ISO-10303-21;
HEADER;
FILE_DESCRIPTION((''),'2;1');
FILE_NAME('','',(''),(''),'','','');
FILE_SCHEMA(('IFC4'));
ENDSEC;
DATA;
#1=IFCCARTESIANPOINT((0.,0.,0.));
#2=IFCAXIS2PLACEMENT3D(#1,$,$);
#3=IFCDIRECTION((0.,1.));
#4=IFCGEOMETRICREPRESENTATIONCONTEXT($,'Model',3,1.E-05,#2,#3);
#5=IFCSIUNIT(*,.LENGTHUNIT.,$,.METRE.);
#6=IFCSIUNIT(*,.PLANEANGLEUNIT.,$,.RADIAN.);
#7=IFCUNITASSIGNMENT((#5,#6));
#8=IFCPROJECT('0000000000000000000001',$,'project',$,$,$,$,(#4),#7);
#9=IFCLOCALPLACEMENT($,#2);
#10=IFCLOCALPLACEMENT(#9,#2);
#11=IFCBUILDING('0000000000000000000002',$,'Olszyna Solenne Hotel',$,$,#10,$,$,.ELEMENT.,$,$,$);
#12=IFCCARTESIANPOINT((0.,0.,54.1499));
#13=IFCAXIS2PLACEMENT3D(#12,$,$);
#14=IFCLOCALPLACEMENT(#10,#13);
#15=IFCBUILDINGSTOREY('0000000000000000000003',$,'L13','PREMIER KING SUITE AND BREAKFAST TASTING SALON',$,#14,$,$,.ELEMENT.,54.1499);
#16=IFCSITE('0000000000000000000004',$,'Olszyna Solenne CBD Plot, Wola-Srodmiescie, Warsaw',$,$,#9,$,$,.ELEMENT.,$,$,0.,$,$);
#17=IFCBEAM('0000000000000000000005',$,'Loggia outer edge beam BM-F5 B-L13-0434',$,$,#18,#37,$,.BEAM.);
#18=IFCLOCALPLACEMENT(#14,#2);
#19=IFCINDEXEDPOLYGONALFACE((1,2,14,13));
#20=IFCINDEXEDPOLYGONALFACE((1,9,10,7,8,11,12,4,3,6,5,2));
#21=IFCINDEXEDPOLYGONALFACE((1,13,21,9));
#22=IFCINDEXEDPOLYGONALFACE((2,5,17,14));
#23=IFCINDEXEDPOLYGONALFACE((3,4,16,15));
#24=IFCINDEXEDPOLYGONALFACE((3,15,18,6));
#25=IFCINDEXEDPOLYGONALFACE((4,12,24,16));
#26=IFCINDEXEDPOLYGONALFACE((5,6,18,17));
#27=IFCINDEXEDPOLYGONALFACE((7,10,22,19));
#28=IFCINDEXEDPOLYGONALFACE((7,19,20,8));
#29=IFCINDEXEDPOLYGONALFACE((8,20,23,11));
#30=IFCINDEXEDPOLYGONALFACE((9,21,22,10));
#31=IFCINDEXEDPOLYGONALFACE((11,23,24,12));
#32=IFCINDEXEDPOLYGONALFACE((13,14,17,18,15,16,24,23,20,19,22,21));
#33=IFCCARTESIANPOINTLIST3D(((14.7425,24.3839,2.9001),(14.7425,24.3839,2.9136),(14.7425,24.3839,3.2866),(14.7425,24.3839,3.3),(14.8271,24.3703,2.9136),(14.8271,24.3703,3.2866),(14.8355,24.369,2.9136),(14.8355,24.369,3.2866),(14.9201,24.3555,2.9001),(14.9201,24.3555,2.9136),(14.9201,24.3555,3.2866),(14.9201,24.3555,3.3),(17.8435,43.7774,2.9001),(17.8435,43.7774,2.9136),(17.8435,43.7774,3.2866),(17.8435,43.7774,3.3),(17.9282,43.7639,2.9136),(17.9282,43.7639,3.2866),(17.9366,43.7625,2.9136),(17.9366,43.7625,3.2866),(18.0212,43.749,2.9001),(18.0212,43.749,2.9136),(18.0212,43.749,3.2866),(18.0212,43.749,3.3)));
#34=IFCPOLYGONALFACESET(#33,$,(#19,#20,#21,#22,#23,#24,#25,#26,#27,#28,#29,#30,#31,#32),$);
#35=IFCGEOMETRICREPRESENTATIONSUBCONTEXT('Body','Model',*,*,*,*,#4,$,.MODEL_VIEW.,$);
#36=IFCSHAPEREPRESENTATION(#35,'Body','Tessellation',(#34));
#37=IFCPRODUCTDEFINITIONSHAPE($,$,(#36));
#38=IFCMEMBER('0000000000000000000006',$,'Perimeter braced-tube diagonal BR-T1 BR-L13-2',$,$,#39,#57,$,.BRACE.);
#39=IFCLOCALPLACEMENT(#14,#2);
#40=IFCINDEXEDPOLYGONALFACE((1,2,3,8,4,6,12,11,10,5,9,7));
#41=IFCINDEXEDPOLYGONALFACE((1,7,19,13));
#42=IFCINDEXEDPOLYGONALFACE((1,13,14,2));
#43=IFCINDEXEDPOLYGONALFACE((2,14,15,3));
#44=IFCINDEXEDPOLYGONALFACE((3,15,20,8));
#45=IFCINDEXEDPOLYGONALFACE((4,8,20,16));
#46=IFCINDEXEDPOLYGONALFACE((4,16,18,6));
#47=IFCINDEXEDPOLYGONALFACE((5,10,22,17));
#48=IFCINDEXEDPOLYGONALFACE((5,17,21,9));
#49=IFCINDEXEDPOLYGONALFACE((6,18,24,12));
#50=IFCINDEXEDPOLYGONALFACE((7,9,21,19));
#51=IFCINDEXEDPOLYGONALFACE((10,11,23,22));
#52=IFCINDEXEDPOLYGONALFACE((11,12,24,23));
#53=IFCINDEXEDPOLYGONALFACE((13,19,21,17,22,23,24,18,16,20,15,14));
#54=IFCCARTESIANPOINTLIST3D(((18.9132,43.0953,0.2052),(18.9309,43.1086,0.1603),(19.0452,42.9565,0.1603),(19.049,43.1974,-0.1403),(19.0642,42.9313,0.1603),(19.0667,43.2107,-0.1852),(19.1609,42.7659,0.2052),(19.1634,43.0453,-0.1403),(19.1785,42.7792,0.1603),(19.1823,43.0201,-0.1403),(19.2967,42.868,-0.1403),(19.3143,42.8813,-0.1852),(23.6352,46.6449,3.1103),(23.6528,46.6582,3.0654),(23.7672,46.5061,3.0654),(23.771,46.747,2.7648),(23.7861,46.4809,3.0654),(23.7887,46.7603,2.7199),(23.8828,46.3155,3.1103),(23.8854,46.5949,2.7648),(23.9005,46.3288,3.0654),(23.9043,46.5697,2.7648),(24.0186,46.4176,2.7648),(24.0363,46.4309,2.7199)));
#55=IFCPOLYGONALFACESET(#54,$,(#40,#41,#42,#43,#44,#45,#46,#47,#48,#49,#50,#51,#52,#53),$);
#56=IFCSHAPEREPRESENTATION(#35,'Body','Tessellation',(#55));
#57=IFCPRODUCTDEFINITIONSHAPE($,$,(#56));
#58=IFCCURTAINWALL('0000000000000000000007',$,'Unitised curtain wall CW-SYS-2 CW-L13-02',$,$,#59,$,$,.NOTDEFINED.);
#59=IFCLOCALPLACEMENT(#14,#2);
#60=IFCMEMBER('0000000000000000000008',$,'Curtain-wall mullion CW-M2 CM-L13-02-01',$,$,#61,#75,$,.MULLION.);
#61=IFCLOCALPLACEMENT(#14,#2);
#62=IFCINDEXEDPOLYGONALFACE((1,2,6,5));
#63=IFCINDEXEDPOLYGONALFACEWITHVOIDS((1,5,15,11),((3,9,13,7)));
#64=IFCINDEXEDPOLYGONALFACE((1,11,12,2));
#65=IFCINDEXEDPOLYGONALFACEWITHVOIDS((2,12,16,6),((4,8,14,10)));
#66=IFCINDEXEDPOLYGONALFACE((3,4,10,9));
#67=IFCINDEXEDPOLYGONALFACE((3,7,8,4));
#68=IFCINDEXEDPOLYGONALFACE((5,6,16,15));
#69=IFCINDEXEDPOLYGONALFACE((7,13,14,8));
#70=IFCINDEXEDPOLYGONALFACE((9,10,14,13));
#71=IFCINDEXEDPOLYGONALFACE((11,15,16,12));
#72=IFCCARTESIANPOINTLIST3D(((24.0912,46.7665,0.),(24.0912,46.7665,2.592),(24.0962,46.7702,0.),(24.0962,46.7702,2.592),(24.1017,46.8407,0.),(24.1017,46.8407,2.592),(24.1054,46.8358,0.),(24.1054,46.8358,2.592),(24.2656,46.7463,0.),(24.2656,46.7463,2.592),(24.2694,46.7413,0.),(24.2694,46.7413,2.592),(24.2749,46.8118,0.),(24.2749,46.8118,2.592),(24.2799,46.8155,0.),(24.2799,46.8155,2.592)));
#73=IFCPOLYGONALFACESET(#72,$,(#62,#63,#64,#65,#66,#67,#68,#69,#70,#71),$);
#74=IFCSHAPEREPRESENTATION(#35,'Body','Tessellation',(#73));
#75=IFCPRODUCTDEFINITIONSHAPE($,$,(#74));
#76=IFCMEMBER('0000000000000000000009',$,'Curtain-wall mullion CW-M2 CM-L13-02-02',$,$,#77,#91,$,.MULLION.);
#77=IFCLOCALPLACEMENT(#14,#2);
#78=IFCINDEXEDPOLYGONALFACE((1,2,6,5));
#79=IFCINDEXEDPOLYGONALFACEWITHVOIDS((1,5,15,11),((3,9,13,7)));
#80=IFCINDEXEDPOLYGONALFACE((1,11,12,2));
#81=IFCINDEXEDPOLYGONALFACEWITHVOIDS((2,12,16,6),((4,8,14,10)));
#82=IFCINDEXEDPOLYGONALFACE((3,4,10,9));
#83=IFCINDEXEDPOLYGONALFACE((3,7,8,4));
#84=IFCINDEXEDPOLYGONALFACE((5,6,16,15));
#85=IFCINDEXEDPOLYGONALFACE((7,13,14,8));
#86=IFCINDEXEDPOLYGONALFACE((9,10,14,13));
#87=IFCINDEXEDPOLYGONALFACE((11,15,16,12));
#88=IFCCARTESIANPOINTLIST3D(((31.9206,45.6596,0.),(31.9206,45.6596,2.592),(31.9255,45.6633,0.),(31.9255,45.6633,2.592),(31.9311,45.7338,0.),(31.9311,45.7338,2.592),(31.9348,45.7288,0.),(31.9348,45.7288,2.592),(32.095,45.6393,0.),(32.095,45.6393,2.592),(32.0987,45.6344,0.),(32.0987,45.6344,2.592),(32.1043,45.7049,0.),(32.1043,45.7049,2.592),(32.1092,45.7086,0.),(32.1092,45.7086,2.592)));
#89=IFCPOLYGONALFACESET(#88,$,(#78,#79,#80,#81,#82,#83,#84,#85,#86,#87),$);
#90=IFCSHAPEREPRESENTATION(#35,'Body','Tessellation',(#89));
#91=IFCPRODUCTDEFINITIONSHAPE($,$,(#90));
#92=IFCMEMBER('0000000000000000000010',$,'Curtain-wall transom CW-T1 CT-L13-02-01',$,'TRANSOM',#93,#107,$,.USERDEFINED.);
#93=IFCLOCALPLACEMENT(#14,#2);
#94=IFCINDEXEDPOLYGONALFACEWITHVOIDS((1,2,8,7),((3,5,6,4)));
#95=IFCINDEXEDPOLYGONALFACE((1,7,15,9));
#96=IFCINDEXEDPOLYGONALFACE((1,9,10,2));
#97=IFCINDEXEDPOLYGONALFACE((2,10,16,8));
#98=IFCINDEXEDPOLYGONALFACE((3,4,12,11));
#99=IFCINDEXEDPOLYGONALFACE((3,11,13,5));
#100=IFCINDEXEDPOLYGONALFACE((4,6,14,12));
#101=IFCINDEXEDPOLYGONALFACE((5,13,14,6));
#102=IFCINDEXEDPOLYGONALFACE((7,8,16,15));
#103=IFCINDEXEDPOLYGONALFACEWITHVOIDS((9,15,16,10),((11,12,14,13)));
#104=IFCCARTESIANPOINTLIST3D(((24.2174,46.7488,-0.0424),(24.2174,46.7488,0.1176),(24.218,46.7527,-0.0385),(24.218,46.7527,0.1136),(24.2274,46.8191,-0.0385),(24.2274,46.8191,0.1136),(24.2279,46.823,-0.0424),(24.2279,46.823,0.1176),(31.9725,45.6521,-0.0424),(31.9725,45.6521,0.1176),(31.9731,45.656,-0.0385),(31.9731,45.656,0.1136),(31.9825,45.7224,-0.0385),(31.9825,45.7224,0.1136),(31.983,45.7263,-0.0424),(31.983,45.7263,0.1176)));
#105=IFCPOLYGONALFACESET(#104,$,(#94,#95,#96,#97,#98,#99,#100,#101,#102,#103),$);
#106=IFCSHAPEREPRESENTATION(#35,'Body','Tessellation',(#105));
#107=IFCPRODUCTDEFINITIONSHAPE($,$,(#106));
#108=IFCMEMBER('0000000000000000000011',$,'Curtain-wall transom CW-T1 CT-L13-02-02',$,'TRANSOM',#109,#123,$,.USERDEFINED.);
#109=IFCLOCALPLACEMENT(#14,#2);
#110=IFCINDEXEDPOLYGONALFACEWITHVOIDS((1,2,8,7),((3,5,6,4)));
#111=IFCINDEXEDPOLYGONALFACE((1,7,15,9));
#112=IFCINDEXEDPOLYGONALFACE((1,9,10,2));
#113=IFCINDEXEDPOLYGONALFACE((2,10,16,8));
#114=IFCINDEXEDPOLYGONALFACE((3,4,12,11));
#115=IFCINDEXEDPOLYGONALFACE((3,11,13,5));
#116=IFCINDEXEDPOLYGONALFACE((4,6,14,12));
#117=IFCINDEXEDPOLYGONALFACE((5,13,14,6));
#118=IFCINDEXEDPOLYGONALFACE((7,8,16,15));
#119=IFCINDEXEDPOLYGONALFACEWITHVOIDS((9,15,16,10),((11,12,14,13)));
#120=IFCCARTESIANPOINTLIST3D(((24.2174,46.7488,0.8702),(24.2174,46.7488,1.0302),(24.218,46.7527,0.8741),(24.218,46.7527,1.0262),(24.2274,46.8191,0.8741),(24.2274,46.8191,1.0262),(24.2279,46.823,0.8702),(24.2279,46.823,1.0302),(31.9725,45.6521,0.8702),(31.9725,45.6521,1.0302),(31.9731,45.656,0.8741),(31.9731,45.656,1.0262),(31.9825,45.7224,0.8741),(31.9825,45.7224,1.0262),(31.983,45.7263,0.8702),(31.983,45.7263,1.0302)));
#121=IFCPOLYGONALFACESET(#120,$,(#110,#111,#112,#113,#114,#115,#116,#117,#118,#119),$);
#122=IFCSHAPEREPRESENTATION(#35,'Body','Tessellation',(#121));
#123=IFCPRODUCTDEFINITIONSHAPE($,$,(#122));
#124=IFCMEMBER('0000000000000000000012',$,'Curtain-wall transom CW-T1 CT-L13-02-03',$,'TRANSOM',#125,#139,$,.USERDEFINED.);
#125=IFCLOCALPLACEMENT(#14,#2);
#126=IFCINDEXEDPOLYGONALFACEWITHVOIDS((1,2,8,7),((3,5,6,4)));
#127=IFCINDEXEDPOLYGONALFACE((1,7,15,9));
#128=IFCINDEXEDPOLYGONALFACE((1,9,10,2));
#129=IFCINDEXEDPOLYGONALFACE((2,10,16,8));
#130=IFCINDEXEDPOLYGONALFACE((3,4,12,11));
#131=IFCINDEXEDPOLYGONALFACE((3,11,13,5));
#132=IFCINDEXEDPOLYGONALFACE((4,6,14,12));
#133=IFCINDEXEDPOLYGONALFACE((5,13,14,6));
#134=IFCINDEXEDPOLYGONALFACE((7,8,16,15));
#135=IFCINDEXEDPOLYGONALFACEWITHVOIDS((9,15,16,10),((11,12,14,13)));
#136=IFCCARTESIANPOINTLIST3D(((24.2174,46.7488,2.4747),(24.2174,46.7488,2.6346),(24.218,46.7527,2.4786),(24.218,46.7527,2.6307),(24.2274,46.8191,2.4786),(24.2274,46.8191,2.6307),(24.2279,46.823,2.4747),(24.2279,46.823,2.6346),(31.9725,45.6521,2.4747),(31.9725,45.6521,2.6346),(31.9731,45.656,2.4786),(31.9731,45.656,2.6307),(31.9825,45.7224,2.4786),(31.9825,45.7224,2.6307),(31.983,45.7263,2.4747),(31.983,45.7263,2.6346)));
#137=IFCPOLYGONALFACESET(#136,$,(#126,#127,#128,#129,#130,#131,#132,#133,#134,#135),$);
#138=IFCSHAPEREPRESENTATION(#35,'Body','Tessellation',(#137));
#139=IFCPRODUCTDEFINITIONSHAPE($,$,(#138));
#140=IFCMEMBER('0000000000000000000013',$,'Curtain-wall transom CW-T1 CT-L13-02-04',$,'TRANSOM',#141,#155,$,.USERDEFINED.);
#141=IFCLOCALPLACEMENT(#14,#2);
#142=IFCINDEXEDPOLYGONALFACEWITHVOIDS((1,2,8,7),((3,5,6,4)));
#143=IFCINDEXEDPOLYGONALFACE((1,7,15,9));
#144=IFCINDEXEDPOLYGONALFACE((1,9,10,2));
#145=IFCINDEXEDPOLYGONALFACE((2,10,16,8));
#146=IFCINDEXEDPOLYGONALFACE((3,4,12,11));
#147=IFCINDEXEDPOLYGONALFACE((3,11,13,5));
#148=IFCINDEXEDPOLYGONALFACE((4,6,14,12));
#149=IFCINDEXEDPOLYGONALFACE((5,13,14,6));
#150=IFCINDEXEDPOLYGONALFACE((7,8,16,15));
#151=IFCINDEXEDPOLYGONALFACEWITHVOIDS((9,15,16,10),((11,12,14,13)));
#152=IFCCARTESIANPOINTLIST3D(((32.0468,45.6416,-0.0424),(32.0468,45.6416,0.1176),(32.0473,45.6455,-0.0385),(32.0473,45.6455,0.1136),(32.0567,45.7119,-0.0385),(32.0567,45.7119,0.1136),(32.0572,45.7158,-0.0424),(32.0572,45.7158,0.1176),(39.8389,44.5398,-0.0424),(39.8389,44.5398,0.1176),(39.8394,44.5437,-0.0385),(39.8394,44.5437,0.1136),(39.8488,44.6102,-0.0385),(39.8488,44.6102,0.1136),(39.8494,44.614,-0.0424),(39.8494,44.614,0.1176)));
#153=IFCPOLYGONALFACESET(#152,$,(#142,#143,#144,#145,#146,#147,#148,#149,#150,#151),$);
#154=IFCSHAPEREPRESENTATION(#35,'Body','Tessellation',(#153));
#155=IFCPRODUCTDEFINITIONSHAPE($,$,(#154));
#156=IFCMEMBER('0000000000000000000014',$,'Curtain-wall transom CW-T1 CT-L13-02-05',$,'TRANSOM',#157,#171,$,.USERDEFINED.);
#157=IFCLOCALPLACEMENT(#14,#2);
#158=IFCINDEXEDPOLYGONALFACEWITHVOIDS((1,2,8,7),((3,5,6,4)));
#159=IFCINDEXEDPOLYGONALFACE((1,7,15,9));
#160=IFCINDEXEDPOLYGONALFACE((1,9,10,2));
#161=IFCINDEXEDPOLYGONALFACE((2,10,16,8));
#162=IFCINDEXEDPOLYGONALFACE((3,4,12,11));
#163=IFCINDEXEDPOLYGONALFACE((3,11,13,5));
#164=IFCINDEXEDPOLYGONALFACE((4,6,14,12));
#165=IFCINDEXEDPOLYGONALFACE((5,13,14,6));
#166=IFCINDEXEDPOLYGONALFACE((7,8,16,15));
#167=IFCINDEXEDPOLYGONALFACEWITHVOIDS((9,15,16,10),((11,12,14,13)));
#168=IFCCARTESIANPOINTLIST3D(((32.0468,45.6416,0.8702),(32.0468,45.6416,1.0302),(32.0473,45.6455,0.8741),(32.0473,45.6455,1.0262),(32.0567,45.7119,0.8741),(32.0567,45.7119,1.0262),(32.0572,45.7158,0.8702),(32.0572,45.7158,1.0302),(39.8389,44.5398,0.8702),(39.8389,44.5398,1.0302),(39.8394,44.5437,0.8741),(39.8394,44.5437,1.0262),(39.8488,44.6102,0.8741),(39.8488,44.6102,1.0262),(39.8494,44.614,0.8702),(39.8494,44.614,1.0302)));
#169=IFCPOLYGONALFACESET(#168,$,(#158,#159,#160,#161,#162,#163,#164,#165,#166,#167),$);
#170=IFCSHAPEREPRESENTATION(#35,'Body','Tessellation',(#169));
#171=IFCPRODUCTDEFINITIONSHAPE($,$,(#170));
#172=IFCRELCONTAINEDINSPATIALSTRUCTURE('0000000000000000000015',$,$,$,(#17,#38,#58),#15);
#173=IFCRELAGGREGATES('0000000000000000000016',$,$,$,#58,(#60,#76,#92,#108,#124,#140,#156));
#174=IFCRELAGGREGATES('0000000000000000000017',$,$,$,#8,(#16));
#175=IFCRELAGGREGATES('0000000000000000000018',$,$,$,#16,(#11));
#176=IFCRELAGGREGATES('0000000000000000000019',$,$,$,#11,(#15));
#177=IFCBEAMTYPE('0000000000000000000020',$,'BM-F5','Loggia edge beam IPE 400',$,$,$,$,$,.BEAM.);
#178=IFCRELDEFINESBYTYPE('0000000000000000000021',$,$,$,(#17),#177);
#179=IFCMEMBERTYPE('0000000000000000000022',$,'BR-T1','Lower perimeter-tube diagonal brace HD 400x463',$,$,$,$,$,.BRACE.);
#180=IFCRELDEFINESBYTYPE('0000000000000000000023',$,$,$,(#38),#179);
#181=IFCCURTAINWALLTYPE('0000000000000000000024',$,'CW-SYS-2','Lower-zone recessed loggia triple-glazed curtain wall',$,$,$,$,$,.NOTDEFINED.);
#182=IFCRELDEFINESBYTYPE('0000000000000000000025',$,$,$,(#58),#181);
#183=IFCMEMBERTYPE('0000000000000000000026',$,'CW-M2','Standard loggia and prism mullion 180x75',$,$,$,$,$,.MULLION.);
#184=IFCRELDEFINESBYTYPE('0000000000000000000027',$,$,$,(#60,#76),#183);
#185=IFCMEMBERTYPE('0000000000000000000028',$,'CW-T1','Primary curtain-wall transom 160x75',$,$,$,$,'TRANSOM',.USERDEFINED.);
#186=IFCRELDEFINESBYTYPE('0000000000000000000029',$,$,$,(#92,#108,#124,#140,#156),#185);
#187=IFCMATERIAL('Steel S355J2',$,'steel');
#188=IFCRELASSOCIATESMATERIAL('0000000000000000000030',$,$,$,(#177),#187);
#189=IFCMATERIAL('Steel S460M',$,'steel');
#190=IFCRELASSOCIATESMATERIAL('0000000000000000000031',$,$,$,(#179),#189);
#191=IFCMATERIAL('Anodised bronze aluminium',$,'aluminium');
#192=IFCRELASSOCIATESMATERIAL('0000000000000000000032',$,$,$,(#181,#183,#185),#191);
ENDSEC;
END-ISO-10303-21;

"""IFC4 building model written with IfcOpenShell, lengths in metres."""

from ifc_helpers import new_model, si_unit, direction, frame, origin, origin_2d, place, context, subcontext, project, spatial, hollow_rectangle, i_section, extrude, source, transform, mapped, material, material_profile, profile_set, type_object, element, aggregate, save


model = new_model("IFC4")

# Units and contexts
model_context = context("Model", 3, precision=1e-05, world=origin(), true_north=direction((0.0, 1.0)))
body_context = subcontext(model_context, "Body", "Model", "MODEL_VIEW")
ifc_project = project(units=[si_unit("LENGTHUNIT", "METRE"), si_unit("PLANEANGLEUNIT", "RADIAN")], contexts=[model_context])

# Site, building, storey
site_placement = place(None, origin())
site = spatial("IfcSite", under=ifc_project, at=site_placement, Name="Olszyna Solenne CBD Plot, Wola-Srodmiescie, Warsaw", CompositionType="ELEMENT", RefElevation=0.0)
building_placement = place(site_placement, origin())
building = spatial("IfcBuilding", under=site, at=building_placement, Name="Olszyna Solenne Hotel", CompositionType="ELEMENT")
storey_placement = place(building_placement, frame((0.0, 0.0, 54.1499)))
storey = spatial("IfcBuildingStorey", under=building, at=storey_placement, Name="L13", Description="PREMIER KING SUITE AND BREAKFAST TASTING SALON", CompositionType="ELEMENT", Elevation=54.1499)

# Shared definitions
ifc_material_1 = material(Name="Steel S460M", Category="steel")

# Beam
ifc_material_2 = material(Name="Steel S355J2", Category="steel")
ifc_material_profile_1 = material_profile(ifc_material_2, i_section(OverallWidth=0.1799, OverallDepth=0.3999, WebThickness=0.0085, FlangeThickness=0.0134, at=origin_2d()), Name="IPE 400", Category="load-bearing")
ifc_profile_set_1 = profile_set([ifc_material_profile_1], Name="Steel S355J2")
beam_type_1 = type_object("IfcBeamType", Name="BM-F5", Description="Loggia edge beam IPE 400", PredefinedType="BEAM", material=ifc_profile_set_1)
shared_shape_1 = source(origin(), body_context, "Body", "SweptSolid", [
    extrude(i_section(OverallWidth=0.1799, OverallDepth=0.3999, WebThickness=0.0085, FlangeThickness=0.0134, at=origin_2d()), origin(), (0.0, 0.0, 1.0), 19.6399),
])
beam_1_placement = place(storey_placement, frame((17.9324, 43.7632, 3.1001), z_axis=(-0.157896, -0.987456, 0.0), x_axis=(0.987456, -0.157896, 0.0)))
element("IfcBeam", 1, at=beam_1_placement, inside=storey, type_object=beam_type_1, Name="Loggia outer edge beam BM-F5 B-L13-0434", PredefinedType="BEAM", context=body_context, shape_type="MappedRepresentation", body=[
    mapped(shared_shape_1, transform((0.0, 0.0, 0.0), x_axis=(1.0, 0.0, 0.0), y_axis=(0.0, 1.0, 0.0), z_axis=(0.0, 0.0, 1.0), scale=1.0)),
])

# Member
ifc_material_profile_2 = material_profile(ifc_material_1, i_section(OverallWidth=0.4121, OverallDepth=0.4351, WebThickness=0.0315, FlangeThickness=0.05, at=origin_2d()), Name="HD 400x463", Category="load-bearing")
ifc_profile_set_2 = profile_set([ifc_material_profile_2], Name="Steel S460M")
member_type_1 = type_object("IfcMemberType", Name="BR-T1", Description="Lower perimeter-tube diagonal brace HD 400x463", PredefinedType="BRACE", material=ifc_profile_set_2)
shared_shape_2 = source(origin(), body_context, "Body", "SweptSolid", [
    extrude(i_section(OverallWidth=0.4121, OverallDepth=0.4351, WebThickness=0.0315, FlangeThickness=0.05, at=origin_2d()), origin(), (0.0, 0.0, 1.0), 6.583),
])
member_1_placement = place(storey_placement, frame((19.1138, 42.9883, 0.01), z_axis=(0.717297, 0.539206, 0.441296), x_axis=(-0.600879, 0.79934, 0.0)))
element("IfcMember", 2, at=member_1_placement, inside=storey, type_object=member_type_1, Name="Perimeter braced-tube diagonal BR-T1 BR-L13-2", PredefinedType="BRACE", context=body_context, shape_type="MappedRepresentation", body=[
    mapped(shared_shape_2, transform((0.0, 0.0, 0.0), x_axis=(1.0, 0.0, 0.0), y_axis=(0.0, 1.0, 0.0), z_axis=(0.0, 0.0, 1.0), scale=1.0)),
])

# Curtain wall, members
ifc_material_3 = material(Name="Anodised bronze aluminium", Category="aluminium")
curtain_wall_type = type_object("IfcCurtainWallType", Name="CW-SYS-2", Description="Lower-zone recessed loggia triple-glazed curtain wall", PredefinedType="NOTDEFINED", material=ifc_material_3)
curtain_wall_placement = place(storey_placement, origin())
curtain_wall = element("IfcCurtainWall", 3, at=curtain_wall_placement, inside=storey, type_object=curtain_wall_type, Name="Unitised curtain wall CW-SYS-2 CW-L13-02", PredefinedType="NOTDEFINED")
ifc_material_profile_3 = material_profile(ifc_material_3, hollow_rectangle(XDim=0.075, YDim=0.1799, WallThickness=0.0044, at=origin_2d()), Name="MULL 180x75x4.5", Category="load-bearing")
ifc_profile_set_3 = profile_set([ifc_material_profile_3], Name="Anodised bronze aluminium")
member_type_2 = type_object("IfcMemberType", Name="CW-M2", Description="Standard loggia and prism mullion 180x75", PredefinedType="MULLION", material=ifc_profile_set_3)
shared_shape_3 = source(origin(), body_context, "Body", "SweptSolid", [
    extrude(hollow_rectangle(XDim=0.075, YDim=0.1799, WallThickness=0.0044, at=origin_2d()), origin(), (0.0, 0.0, 1.0), 2.592),
])
member_2_placement = place(storey_placement, frame((24.1855, 46.791, 0.0), z_axis=(0.0, 0.0, 1.0), x_axis=(0.140005, 0.990151, 0.0)))
member_2 = element("IfcMember", 4, at=member_2_placement, type_object=member_type_2, Name="Curtain-wall mullion CW-M2 CM-L13-02-01", PredefinedType="MULLION", context=body_context, shape_type="MappedRepresentation", body=[
    mapped(shared_shape_3, transform((0.0, 0.0, 0.0), x_axis=(1.0, 0.0, 0.0), y_axis=(0.0, 1.0, 0.0), z_axis=(0.0, 0.0, 1.0), scale=1.0)),
])
member_3_placement = place(storey_placement, frame((32.0149, 45.6841, 0.0), z_axis=(0.0, 0.0, 1.0), x_axis=(0.140005, 0.990151, 0.0)))
member_3 = element("IfcMember", 5, at=member_3_placement, type_object=member_type_2, Name="Curtain-wall mullion CW-M2 CM-L13-02-02", PredefinedType="MULLION", context=body_context, shape_type="MappedRepresentation", body=[
    mapped(shared_shape_3, transform((0.0, 0.0, 0.0), x_axis=(1.0, 0.0, 0.0), y_axis=(0.0, 1.0, 0.0), z_axis=(0.0, 0.0, 1.0), scale=1.0)),
])
ifc_material_profile_4 = material_profile(ifc_material_3, hollow_rectangle(XDim=0.075, YDim=0.1599, WallThickness=0.0039, at=origin_2d()), Name="TRAN 160x75x4", Category="load-bearing")
ifc_profile_set_4 = profile_set([ifc_material_profile_4], Name="Anodised bronze aluminium")
member_type_3 = type_object("IfcMemberType", Name="CW-T1", Description="Primary curtain-wall transom 160x75", ElementType="TRANSOM", PredefinedType="USERDEFINED", material=ifc_profile_set_4)
shared_shape_4 = source(origin(), body_context, "Body", "SweptSolid", [
    extrude(hollow_rectangle(XDim=0.075, YDim=0.1599, WallThickness=0.0039, at=origin_2d()), origin(), (0.0, 0.0, 1.0), 7.8323),
])
member_4_placement = place(storey_placement, frame((24.2227, 46.7859, 0.0376), z_axis=(0.990149, -0.14002, 0.0), x_axis=(0.14002, 0.990149, 0.0)))
member_4 = element("IfcMember", 6, at=member_4_placement, type_object=member_type_3, Name="Curtain-wall transom CW-T1 CT-L13-02-01", ObjectType="TRANSOM", PredefinedType="USERDEFINED", context=body_context, shape_type="MappedRepresentation", body=[
    mapped(shared_shape_4, transform((0.0, 0.0, 0.0), x_axis=(1.0, 0.0, 0.0), y_axis=(0.0, 1.0, 0.0), z_axis=(0.0, 0.0, 1.0), scale=1.0)),
])
member_5_placement = place(storey_placement, frame((24.2227, 46.7859, 0.9502), z_axis=(0.990149, -0.14002, 0.0), x_axis=(0.14002, 0.990149, 0.0)))
member_5 = element("IfcMember", 7, at=member_5_placement, type_object=member_type_3, Name="Curtain-wall transom CW-T1 CT-L13-02-02", ObjectType="TRANSOM", PredefinedType="USERDEFINED", context=body_context, shape_type="MappedRepresentation", body=[
    mapped(shared_shape_4, transform((0.0, 0.0, 0.0), x_axis=(1.0, 0.0, 0.0), y_axis=(0.0, 1.0, 0.0), z_axis=(0.0, 0.0, 1.0), scale=1.0)),
])
member_6_placement = place(storey_placement, frame((24.2227, 46.7859, 2.5547), z_axis=(0.990149, -0.14002, 0.0), x_axis=(0.14002, 0.990149, 0.0)))
member_6 = element("IfcMember", 8, at=member_6_placement, type_object=member_type_3, Name="Curtain-wall transom CW-T1 CT-L13-02-03", ObjectType="TRANSOM", PredefinedType="USERDEFINED", context=body_context, shape_type="MappedRepresentation", body=[
    mapped(shared_shape_4, transform((0.0, 0.0, 0.0), x_axis=(1.0, 0.0, 0.0), y_axis=(0.0, 1.0, 0.0), z_axis=(0.0, 0.0, 1.0), scale=1.0)),
])
shared_shape_5 = source(origin(), body_context, "Body", "SweptSolid", [
    extrude(hollow_rectangle(XDim=0.075, YDim=0.1599, WallThickness=0.0039, at=origin_2d()), origin(), (0.0, 0.0, 1.0), 7.8696),
])
member_7_placement = place(storey_placement, frame((32.052, 45.6787, 0.0376), z_axis=(0.990151, -0.140005, 0.0), x_axis=(0.140005, 0.990151, 0.0)))
member_7 = element("IfcMember", 9, at=member_7_placement, type_object=member_type_3, Name="Curtain-wall transom CW-T1 CT-L13-02-04", ObjectType="TRANSOM", PredefinedType="USERDEFINED", context=body_context, shape_type="MappedRepresentation", body=[
    mapped(shared_shape_5, transform((0.0, 0.0, 0.0), x_axis=(1.0, 0.0, 0.0), y_axis=(0.0, 1.0, 0.0), z_axis=(0.0, 0.0, 1.0), scale=1.0)),
])
member_8_placement = place(storey_placement, frame((32.052, 45.6787, 0.9502), z_axis=(0.990151, -0.140005, 0.0), x_axis=(0.140005, 0.990151, 0.0)))
member_8 = element("IfcMember", 10, at=member_8_placement, type_object=member_type_3, Name="Curtain-wall transom CW-T1 CT-L13-02-05", ObjectType="TRANSOM", PredefinedType="USERDEFINED", context=body_context, shape_type="MappedRepresentation", body=[
    mapped(shared_shape_5, transform((0.0, 0.0, 0.0), x_axis=(1.0, 0.0, 0.0), y_axis=(0.0, 1.0, 0.0), z_axis=(0.0, 0.0, 1.0), scale=1.0)),
])

aggregate(curtain_wall, [member_2, member_3, member_4, member_5, member_6, member_7, member_8])

save(model, "model.ifc")
